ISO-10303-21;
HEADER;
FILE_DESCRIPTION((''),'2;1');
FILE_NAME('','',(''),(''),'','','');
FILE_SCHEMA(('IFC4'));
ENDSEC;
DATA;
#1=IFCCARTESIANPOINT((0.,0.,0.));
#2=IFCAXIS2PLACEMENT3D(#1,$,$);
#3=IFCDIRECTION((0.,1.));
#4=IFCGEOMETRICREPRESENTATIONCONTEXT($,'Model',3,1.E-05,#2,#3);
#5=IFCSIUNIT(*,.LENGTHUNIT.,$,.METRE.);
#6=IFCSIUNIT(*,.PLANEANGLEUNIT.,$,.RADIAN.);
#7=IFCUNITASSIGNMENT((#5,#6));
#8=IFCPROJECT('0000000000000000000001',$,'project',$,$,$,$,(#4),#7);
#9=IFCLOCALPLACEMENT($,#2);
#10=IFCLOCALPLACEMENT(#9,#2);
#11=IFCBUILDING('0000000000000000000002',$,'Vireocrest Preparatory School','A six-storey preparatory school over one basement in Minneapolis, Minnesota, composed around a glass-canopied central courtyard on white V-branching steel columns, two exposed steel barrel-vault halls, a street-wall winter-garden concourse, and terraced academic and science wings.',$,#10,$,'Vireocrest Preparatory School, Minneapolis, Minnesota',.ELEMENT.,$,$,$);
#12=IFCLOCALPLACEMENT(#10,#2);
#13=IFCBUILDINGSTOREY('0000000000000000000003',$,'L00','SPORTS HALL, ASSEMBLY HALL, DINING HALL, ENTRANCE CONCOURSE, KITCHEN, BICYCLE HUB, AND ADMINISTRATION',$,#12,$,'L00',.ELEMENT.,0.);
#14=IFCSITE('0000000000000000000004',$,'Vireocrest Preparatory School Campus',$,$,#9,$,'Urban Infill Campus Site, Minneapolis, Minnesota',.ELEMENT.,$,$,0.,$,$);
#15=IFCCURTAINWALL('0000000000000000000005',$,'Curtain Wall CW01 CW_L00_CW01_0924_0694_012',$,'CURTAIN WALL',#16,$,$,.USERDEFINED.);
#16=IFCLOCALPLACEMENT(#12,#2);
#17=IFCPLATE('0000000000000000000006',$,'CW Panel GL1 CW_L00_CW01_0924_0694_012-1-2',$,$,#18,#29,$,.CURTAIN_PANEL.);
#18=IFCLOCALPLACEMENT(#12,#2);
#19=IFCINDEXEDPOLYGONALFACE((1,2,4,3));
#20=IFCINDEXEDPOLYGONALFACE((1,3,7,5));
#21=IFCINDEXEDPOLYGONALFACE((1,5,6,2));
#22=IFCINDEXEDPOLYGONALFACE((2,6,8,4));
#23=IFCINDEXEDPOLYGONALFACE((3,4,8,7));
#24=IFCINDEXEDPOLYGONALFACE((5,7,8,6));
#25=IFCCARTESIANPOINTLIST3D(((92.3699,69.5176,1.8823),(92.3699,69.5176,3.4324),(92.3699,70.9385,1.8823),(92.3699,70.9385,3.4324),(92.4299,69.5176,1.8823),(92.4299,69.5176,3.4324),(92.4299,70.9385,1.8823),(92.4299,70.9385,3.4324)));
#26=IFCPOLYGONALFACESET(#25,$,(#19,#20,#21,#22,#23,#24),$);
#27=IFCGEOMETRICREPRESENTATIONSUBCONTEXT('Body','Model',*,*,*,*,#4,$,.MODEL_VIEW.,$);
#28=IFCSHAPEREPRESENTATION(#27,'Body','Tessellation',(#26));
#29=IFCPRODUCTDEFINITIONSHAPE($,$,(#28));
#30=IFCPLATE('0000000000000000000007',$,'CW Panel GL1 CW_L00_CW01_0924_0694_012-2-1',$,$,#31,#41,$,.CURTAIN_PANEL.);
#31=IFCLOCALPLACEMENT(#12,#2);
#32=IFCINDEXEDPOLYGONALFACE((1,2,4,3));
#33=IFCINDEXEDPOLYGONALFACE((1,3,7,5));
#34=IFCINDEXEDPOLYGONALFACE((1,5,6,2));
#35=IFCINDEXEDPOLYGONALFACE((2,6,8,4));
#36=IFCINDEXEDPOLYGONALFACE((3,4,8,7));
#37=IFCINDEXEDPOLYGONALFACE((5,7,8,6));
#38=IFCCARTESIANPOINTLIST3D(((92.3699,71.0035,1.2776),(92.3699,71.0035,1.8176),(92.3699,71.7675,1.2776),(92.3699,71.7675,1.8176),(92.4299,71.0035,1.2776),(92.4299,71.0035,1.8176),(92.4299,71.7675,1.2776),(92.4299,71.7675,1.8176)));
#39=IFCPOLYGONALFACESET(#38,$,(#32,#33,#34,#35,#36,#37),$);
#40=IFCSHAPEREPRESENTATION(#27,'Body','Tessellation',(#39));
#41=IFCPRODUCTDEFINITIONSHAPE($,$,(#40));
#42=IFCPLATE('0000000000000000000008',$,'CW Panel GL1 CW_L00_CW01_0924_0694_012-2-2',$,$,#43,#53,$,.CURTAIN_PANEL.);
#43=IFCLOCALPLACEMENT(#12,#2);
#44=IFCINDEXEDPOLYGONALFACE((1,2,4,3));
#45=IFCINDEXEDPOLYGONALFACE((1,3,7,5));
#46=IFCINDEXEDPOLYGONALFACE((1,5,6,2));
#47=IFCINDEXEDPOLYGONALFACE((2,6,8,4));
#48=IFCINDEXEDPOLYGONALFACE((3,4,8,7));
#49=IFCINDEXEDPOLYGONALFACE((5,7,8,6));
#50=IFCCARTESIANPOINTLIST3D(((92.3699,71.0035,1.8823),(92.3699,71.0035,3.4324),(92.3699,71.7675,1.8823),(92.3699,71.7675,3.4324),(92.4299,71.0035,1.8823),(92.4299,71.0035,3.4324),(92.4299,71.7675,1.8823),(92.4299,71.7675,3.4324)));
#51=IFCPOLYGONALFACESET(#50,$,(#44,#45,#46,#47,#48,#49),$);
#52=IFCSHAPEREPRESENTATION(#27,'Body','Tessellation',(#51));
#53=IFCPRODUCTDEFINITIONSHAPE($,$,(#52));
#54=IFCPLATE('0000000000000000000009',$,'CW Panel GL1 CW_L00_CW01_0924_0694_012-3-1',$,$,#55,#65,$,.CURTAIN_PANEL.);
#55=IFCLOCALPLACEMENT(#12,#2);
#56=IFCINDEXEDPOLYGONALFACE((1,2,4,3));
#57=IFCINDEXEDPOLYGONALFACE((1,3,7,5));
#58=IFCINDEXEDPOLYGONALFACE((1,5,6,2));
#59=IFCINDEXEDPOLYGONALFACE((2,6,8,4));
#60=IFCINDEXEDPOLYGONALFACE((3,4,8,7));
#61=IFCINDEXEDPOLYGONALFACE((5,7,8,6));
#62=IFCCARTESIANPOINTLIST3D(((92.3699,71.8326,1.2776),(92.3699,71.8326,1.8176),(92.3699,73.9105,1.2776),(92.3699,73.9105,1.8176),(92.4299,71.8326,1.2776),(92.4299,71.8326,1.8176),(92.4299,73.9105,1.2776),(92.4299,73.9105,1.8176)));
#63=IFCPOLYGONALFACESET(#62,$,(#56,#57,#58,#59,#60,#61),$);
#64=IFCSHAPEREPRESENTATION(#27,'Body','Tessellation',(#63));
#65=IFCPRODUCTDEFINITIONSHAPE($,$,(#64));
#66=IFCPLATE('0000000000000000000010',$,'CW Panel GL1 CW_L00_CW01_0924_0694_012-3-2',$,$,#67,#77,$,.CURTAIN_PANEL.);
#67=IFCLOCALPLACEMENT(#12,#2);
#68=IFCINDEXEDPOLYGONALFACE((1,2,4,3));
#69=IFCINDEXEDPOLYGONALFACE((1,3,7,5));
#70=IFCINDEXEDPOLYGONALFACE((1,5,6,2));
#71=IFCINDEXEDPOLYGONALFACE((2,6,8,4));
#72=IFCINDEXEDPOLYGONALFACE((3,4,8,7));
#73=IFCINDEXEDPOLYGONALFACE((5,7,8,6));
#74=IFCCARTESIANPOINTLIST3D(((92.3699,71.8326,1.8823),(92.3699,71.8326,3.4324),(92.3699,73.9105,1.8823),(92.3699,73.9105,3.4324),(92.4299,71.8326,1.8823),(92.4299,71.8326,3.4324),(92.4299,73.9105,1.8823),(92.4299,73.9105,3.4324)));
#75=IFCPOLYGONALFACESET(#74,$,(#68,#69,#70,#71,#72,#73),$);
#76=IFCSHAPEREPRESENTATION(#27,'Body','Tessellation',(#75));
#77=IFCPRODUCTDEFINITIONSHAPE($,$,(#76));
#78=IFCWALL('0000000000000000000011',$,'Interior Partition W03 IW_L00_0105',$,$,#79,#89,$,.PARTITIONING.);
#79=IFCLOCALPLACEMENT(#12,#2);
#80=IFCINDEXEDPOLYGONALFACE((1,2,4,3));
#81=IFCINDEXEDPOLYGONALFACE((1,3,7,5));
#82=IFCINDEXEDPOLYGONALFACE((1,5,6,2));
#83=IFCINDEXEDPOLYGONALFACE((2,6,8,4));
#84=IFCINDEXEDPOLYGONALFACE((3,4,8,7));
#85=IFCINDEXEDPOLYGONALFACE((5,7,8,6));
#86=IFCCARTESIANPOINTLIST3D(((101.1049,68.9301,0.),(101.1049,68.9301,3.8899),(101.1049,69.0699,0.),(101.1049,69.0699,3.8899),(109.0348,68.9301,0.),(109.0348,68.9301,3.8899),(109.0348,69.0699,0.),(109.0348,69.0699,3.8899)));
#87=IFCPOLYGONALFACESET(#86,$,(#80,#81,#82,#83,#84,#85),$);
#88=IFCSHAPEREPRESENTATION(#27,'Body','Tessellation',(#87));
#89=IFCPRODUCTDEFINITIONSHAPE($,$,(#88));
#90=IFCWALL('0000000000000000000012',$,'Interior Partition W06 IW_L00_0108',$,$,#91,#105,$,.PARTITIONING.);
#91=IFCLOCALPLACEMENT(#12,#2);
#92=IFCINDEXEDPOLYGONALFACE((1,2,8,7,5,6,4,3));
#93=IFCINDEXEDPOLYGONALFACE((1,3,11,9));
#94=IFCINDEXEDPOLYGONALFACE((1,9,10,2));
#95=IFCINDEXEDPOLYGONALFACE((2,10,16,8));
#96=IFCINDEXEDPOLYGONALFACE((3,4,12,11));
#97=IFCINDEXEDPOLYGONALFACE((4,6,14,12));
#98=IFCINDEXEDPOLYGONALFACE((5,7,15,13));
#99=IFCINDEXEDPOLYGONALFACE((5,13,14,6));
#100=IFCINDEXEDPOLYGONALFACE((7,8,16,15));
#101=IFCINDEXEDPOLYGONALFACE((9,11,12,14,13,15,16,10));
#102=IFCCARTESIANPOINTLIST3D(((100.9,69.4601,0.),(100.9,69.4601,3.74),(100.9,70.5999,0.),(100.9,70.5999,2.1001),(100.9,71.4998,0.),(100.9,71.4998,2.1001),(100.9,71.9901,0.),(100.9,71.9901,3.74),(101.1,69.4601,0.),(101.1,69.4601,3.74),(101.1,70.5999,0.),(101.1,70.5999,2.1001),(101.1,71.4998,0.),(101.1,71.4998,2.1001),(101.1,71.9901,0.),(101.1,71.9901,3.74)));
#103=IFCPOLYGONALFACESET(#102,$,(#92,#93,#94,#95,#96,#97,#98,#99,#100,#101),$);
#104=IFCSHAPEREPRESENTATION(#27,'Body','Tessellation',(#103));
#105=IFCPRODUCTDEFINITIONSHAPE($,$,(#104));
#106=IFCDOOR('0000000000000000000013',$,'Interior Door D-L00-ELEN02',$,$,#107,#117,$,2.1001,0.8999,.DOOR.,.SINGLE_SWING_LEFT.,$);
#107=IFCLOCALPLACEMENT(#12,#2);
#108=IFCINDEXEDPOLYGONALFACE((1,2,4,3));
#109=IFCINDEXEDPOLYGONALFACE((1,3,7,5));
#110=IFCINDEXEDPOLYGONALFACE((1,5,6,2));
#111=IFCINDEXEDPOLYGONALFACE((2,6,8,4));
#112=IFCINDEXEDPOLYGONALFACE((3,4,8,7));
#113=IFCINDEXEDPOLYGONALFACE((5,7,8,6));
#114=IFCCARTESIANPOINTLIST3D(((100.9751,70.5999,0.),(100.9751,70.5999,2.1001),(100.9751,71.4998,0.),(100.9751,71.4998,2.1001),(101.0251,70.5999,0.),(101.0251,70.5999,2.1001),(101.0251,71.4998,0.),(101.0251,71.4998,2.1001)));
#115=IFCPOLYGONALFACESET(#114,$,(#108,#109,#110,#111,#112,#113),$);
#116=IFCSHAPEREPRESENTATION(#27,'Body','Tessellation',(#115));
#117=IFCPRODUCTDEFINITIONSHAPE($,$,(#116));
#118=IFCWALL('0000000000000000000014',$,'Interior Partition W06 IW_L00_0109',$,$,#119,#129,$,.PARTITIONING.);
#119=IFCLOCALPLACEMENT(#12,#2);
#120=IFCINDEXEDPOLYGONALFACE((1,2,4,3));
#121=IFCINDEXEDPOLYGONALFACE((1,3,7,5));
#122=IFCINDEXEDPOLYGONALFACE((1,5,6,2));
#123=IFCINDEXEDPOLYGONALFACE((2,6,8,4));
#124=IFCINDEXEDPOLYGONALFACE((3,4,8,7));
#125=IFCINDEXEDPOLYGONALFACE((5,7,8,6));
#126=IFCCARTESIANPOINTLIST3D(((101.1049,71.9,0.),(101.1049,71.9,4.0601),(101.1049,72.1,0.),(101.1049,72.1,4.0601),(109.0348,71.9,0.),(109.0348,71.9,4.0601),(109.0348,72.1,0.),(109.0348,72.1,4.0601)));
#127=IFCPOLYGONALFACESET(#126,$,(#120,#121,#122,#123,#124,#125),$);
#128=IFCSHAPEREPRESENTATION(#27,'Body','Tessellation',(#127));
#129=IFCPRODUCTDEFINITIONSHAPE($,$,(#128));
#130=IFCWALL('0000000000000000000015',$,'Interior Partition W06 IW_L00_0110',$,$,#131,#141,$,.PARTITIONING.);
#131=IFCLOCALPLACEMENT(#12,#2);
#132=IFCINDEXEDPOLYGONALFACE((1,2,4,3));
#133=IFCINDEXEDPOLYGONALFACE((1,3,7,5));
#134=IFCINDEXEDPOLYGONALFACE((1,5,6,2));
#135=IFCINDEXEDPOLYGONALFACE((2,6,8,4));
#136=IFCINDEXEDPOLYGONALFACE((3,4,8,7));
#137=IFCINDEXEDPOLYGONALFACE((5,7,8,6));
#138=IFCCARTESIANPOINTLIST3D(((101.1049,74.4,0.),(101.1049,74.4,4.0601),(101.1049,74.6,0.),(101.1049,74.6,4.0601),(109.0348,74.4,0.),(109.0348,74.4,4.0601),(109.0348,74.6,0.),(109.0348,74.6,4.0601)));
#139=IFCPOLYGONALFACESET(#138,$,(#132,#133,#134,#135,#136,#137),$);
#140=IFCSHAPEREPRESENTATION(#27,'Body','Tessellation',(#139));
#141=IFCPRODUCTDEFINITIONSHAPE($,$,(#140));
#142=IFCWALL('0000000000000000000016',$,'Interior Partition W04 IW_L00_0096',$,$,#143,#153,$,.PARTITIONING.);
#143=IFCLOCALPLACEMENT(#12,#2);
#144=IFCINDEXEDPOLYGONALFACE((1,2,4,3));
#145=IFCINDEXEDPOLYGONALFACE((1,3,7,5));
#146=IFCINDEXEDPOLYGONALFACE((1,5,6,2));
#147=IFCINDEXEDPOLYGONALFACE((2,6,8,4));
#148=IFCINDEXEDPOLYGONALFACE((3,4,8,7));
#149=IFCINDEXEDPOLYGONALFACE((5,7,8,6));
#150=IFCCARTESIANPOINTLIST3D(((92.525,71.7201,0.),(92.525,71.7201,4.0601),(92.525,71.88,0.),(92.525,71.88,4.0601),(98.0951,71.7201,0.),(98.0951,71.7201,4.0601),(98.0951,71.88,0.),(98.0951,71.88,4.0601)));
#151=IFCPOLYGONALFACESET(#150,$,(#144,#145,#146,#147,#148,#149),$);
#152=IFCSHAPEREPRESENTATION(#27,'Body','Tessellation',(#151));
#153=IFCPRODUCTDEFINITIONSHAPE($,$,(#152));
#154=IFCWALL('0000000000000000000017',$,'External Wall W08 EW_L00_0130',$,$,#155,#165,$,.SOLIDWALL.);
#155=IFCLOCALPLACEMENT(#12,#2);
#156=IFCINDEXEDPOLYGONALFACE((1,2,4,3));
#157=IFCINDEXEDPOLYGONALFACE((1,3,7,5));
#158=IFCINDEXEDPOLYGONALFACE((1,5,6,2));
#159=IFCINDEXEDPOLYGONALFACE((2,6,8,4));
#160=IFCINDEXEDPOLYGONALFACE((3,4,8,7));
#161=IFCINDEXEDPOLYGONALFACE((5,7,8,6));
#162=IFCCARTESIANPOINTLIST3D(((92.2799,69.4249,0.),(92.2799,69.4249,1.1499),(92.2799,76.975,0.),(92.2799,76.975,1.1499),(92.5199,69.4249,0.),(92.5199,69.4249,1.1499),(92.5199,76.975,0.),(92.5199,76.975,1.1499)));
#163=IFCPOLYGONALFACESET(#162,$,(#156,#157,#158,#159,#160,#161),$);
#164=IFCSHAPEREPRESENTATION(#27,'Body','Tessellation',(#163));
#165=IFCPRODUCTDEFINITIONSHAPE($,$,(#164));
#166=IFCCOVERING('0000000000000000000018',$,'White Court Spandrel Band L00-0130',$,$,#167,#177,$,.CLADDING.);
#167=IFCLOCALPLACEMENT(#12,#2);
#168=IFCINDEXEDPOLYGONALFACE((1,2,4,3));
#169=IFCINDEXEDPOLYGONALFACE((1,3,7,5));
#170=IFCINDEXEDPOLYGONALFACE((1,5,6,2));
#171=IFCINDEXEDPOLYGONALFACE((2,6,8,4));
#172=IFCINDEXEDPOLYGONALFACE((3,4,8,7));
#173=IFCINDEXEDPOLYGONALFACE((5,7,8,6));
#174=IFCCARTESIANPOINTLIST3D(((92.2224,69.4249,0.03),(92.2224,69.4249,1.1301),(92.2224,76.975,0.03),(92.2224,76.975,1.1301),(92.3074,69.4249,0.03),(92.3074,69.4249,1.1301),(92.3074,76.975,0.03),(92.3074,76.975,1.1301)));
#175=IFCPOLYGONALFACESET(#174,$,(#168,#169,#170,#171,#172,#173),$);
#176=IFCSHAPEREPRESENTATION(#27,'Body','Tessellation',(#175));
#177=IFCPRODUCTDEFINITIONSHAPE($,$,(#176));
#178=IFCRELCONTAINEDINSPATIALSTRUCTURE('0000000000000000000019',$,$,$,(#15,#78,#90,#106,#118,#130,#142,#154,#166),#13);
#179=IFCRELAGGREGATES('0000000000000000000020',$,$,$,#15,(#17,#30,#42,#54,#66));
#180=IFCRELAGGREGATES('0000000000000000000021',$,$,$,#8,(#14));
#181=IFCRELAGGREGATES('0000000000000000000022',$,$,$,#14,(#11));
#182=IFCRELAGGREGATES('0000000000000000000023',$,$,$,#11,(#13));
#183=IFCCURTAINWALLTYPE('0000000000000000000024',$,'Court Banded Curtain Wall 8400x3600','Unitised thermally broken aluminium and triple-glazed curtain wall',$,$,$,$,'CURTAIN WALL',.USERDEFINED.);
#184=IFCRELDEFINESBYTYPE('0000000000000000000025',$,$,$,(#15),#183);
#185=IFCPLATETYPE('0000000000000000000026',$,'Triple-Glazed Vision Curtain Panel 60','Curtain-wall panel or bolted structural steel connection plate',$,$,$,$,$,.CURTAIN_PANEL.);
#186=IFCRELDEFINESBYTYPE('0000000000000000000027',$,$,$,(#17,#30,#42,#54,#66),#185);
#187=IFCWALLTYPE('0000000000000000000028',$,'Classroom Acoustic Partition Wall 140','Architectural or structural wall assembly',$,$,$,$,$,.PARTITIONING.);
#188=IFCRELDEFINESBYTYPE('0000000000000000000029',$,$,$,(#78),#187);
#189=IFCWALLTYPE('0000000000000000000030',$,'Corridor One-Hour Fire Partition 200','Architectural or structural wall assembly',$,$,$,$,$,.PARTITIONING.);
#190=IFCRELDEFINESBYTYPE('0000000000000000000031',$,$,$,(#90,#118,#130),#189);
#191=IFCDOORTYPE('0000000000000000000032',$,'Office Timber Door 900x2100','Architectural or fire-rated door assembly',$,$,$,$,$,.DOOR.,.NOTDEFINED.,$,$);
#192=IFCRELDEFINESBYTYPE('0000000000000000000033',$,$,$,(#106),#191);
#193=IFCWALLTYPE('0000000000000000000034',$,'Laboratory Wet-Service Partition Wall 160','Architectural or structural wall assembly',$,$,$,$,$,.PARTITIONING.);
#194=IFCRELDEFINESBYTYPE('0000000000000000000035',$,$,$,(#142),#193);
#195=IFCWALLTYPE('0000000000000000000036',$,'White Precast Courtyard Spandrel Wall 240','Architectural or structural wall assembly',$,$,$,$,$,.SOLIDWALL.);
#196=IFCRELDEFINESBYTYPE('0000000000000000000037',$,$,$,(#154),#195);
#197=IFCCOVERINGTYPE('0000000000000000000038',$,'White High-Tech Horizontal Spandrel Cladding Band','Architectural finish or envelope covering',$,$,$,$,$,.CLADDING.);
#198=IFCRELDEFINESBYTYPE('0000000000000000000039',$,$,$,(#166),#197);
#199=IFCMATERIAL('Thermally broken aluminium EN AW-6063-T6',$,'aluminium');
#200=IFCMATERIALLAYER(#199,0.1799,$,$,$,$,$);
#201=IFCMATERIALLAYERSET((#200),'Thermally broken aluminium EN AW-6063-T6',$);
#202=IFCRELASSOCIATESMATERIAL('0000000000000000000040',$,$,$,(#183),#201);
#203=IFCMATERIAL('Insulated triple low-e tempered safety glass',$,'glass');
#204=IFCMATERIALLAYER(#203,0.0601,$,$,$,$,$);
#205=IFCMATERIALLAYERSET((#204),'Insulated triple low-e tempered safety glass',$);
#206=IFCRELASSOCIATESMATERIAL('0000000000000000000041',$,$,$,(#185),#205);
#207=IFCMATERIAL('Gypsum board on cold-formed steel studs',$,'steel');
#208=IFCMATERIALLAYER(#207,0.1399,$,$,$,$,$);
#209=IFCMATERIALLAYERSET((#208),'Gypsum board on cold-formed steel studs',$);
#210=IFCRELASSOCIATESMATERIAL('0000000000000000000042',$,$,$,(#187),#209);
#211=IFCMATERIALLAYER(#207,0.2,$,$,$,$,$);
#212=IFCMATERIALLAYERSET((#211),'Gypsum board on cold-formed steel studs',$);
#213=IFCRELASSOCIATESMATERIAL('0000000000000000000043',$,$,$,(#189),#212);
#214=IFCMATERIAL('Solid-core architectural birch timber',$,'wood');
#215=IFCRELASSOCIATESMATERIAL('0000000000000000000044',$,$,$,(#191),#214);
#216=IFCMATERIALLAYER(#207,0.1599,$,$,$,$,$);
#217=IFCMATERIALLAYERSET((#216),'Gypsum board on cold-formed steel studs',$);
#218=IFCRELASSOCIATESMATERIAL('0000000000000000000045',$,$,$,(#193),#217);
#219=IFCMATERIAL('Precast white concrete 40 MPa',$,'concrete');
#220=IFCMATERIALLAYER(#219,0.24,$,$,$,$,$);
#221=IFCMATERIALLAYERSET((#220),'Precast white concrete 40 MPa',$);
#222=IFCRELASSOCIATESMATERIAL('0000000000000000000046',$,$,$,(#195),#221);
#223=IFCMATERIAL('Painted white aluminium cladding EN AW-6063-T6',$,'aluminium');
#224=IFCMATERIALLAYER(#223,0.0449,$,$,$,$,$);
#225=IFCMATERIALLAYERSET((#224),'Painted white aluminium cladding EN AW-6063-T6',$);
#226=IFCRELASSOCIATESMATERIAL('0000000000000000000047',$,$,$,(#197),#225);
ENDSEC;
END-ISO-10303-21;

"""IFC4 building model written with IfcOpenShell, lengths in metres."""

from ifc_helpers import new_model, si_unit, direction, frame, frame_2d, origin, origin_2d, place, context, subcontext, project, spatial, rectangle, extrude, material, layer, layer_set, type_object, element, fill, aggregate, save


model = new_model("IFC4")

# Units and contexts
model_context = context("Model", 3, precision=1e-05, world=origin(), true_north=direction((0.0, 1.0)))
body_context = subcontext(model_context, "Body", "Model", "MODEL_VIEW")
ifc_project = project(units=[si_unit("LENGTHUNIT", "METRE"), si_unit("PLANEANGLEUNIT", "RADIAN")], contexts=[model_context])

# Site, building, storey
site_placement = place(None, origin())
site = spatial("IfcSite", under=ifc_project, at=site_placement, Name="Vireocrest Preparatory School Campus", LongName="Urban Infill Campus Site, Minneapolis, Minnesota", CompositionType="ELEMENT", RefElevation=0.0)
building_placement = place(site_placement, origin())
building = spatial("IfcBuilding", under=site, at=building_placement, Name="Vireocrest Preparatory School", Description="A six-storey preparatory school over one basement in Minneapolis, Minnesota, composed around a glass-canopied central courtyard on white V-branching steel columns, two exposed steel barrel-vault halls, a street-wall winter-garden concourse, and terraced academic and science wings.", LongName="Vireocrest Preparatory School, Minneapolis, Minnesota", CompositionType="ELEMENT")
storey_placement = place(building_placement, origin())
storey = spatial("IfcBuildingStorey", under=building, at=storey_placement, Name="L00", Description="SPORTS HALL, ASSEMBLY HALL, DINING HALL, ENTRANCE CONCOURSE, KITCHEN, BICYCLE HUB, AND ADMINISTRATION", LongName="L00", CompositionType="ELEMENT", Elevation=0.0)

# Curtain wall
ifc_material_1 = material(Name="Thermally broken aluminium EN AW-6063-T6", Category="aluminium")
ifc_layer_1 = layer(ifc_material_1, 0.1799)
ifc_layer_set_1 = layer_set([ifc_layer_1], Name="Thermally broken aluminium EN AW-6063-T6")
curtain_wall_type = type_object("IfcCurtainWallType", Name="Court Banded Curtain Wall 8400x3600", Description="Unitised thermally broken aluminium and triple-glazed curtain wall", ElementType="CURTAIN WALL", PredefinedType="USERDEFINED", material=ifc_layer_set_1)
curtain_wall_placement = place(storey_placement, origin())
curtain_wall = element("IfcCurtainWall", 1, at=curtain_wall_placement, inside=storey, type_object=curtain_wall_type, Name="Curtain Wall CW01 CW_L00_CW01_0924_0694_012", ObjectType="CURTAIN WALL", PredefinedType="USERDEFINED")

# Plates
ifc_material_2 = material(Name="Insulated triple low-e tempered safety glass", Category="glass")
ifc_layer_2 = layer(ifc_material_2, 0.0601)
ifc_layer_set_2 = layer_set([ifc_layer_2], Name="Insulated triple low-e tempered safety glass")
plate_type = type_object("IfcPlateType", Name="Triple-Glazed Vision Curtain Panel 60", Description="Curtain-wall panel or bolted structural steel connection plate", PredefinedType="CURTAIN_PANEL", material=ifc_layer_set_2)
plate_1_placement = place(storey_placement, frame((92.3999, 70.228, 1.8823), z_axis=(0.0, 0.0, 1.0), x_axis=(0.0, 1.0, 0.0)))
plate_1 = element("IfcPlate", 2, at=plate_1_placement, type_object=plate_type, Name="CW Panel GL1 CW_L00_CW01_0924_0694_012-1-2", PredefinedType="CURTAIN_PANEL", context=body_context, shape_type="SweptSolid", body=[
    extrude(rectangle(XDim=1.4209, YDim=0.0601, at=origin_2d()), origin(), (0.0, 0.0, 1.0), 1.55),
])
plate_2_placement = place(storey_placement, frame((92.3999, 71.3855, 1.2776), z_axis=(0.0, 0.0, 1.0), x_axis=(0.0, 1.0, 0.0)))
plate_2 = element("IfcPlate", 3, at=plate_2_placement, type_object=plate_type, Name="CW Panel GL1 CW_L00_CW01_0924_0694_012-2-1", PredefinedType="CURTAIN_PANEL", context=body_context, shape_type="SweptSolid", body=[
    extrude(rectangle(XDim=0.7639, YDim=0.0601, at=origin_2d()), origin(), (0.0, 0.0, 1.0), 0.54),
])
plate_3_placement = place(storey_placement, frame((92.3999, 71.3855, 1.8823), z_axis=(0.0, 0.0, 1.0), x_axis=(0.0, 1.0, 0.0)))
plate_3 = element("IfcPlate", 4, at=plate_3_placement, type_object=plate_type, Name="CW Panel GL1 CW_L00_CW01_0924_0694_012-2-2", PredefinedType="CURTAIN_PANEL", context=body_context, shape_type="SweptSolid", body=[
    extrude(rectangle(XDim=0.7639, YDim=0.0601, at=origin_2d()), origin(), (0.0, 0.0, 1.0), 1.55),
])
plate_4_placement = place(storey_placement, frame((92.3999, 72.8716, 1.2776), z_axis=(0.0, 0.0, 1.0), x_axis=(0.0, 1.0, 0.0)))
plate_4 = element("IfcPlate", 5, at=plate_4_placement, type_object=plate_type, Name="CW Panel GL1 CW_L00_CW01_0924_0694_012-3-1", PredefinedType="CURTAIN_PANEL", context=body_context, shape_type="SweptSolid", body=[
    extrude(rectangle(XDim=2.0779, YDim=0.0601, at=origin_2d()), origin(), (0.0, 0.0, 1.0), 0.54),
])
plate_5_placement = place(storey_placement, frame((92.3999, 72.8716, 1.8823), z_axis=(0.0, 0.0, 1.0), x_axis=(0.0, 1.0, 0.0)))
plate_5 = element("IfcPlate", 6, at=plate_5_placement, type_object=plate_type, Name="CW Panel GL1 CW_L00_CW01_0924_0694_012-3-2", PredefinedType="CURTAIN_PANEL", context=body_context, shape_type="SweptSolid", body=[
    extrude(rectangle(XDim=2.0779, YDim=0.0601, at=origin_2d()), origin(), (0.0, 0.0, 1.0), 1.55),
])
aggregate(curtain_wall, [plate_1, plate_2, plate_3, plate_4, plate_5])

# Wall
ifc_material_3 = material(Name="Gypsum board on cold-formed steel studs", Category="steel")
ifc_layer_3 = layer(ifc_material_3, 0.1399)
ifc_layer_set_3 = layer_set([ifc_layer_3], Name="Gypsum board on cold-formed steel studs")
wall_type_1 = type_object("IfcWallType", Name="Classroom Acoustic Partition Wall 140", Description="Architectural or structural wall assembly", PredefinedType="PARTITIONING", material=ifc_layer_set_3)
wall_1_placement = place(storey_placement, frame((101.105, 69.0, 0.0), z_axis=(0.0, 0.0, 1.0), x_axis=(1.0, 0.0, 0.0)))
element("IfcWall", 7, at=wall_1_placement, inside=storey, type_object=wall_type_1, Name="Interior Partition W03 IW_L00_0105", PredefinedType="PARTITIONING", context=body_context, shape_type="SweptSolid", body=[
    extrude(rectangle(XDim=7.9299, YDim=0.1399, at=frame_2d((3.9648, 0.0))), origin(), (0.0, 0.0, 1.0), 3.8899),
])

# Wall, opening, door
ifc_layer_4 = layer(ifc_material_3, 0.2)
ifc_layer_set_4 = layer_set([ifc_layer_4], Name="Gypsum board on cold-formed steel studs")
wall_type_2 = type_object("IfcWallType", Name="Corridor One-Hour Fire Partition 200", Description="Architectural or structural wall assembly", PredefinedType="PARTITIONING", material=ifc_layer_set_4)
wall_2_placement = place(storey_placement, frame((101.0, 69.46, 0.0), z_axis=(0.0, 0.0, 1.0), x_axis=(0.0, 1.0, 0.0)))
wall_2 = element("IfcWall", 8, at=wall_2_placement, inside=storey, type_object=wall_type_2, Name="Interior Partition W06 IW_L00_0108", PredefinedType="PARTITIONING", context=body_context, shape_type="SweptSolid", body=[
    extrude(rectangle(XDim=2.53, YDim=0.2, at=frame_2d((1.2651, 0.0))), origin(), (0.0, 0.0, 1.0), 3.74),
])
opening_1_placement = place(wall_2_placement, frame((1.1399, 0.0, 0.0)))
opening_1 = element("IfcOpeningElement", 9, at=opening_1_placement, cuts=wall_2, PredefinedType="OPENING", context=body_context, shape_type="SweptSolid", body=[
    extrude(rectangle(XDim=0.8999, YDim=2.1001, at=frame_2d((0.45, 1.05))), frame((0.0, 0.1099, 0.0), z_axis=(0.0, -1.0, 0.0), x_axis=(1.0, 0.0, 0.0)), (0.0, 0.0, 1.0), 0.22),
])
ifc_material_4 = material(Name="Solid-core architectural birch timber", Category="wood")
door_type_1 = type_object("IfcDoorType", Name="Office Timber Door 900x2100", Description="Architectural or fire-rated door assembly", OperationType="NOTDEFINED", PredefinedType="DOOR", material=ifc_material_4)
door_1_placement = place(opening_1_placement, origin())
door_1 = element("IfcDoor", 10, at=door_1_placement, inside=storey, type_object=door_type_1, Name="Interior Door D-L00-ELEN02", OperationType="SINGLE_SWING_LEFT", OverallHeight=2.1001, OverallWidth=0.8999, PredefinedType="DOOR", context=body_context, shape_type="SweptSolid", body=[
    extrude(rectangle(XDim=0.8999, YDim=2.1001, at=frame_2d((0.45, 1.05))), frame((0.0, 0.0249, 0.0), z_axis=(0.0, -1.0, 0.0), x_axis=(1.0, 0.0, 0.0)), (0.0, 0.0, 1.0), 0.05),
])
fill(opening_1, door_1)

# Walls
for number, where, z_axis, x_axis, name in (
    (11, (101.105, 72.0, 0.0), (0.0, 0.0, 1.0), (1.0, 0.0, 0.0), "Interior Partition W06 IW_L00_0109"),
    (12, (101.105, 74.5, 0.0), (0.0, 0.0, 1.0), (1.0, 0.0, 0.0), "Interior Partition W06 IW_L00_0110"),
):
    element("IfcWall", number, at=place(storey_placement, frame(where, z_axis=z_axis, x_axis=x_axis)), inside=storey, type_object=wall_type_2, Name=name, PredefinedType="PARTITIONING", context=body_context, shape_type="SweptSolid", body=[
        extrude(rectangle(XDim=7.9299, YDim=0.2, at=frame_2d((3.9648, 0.0))), origin(), (0.0, 0.0, 1.0), 4.0601),
    ])

# Walls
ifc_layer_5 = layer(ifc_material_3, 0.1599)
ifc_layer_set_5 = layer_set([ifc_layer_5], Name="Gypsum board on cold-formed steel studs")
wall_type_3 = type_object("IfcWallType", Name="Laboratory Wet-Service Partition Wall 160", Description="Architectural or structural wall assembly", PredefinedType="PARTITIONING", material=ifc_layer_set_5)
wall_3_placement = place(storey_placement, frame((92.5249, 71.8, 0.0), z_axis=(0.0, 0.0, 1.0), x_axis=(1.0, 0.0, 0.0)))
element("IfcWall", 13, at=wall_3_placement, inside=storey, type_object=wall_type_3, Name="Interior Partition W04 IW_L00_0096", PredefinedType="PARTITIONING", context=body_context, shape_type="SweptSolid", body=[
    extrude(rectangle(XDim=5.5701, YDim=0.1599, at=frame_2d((2.7852, 0.0))), origin(), (0.0, 0.0, 1.0), 4.0601),
])
ifc_material_5 = material(Name="Precast white concrete 40 MPa", Category="concrete")
ifc_layer_6 = layer(ifc_material_5, 0.24)
ifc_layer_set_6 = layer_set([ifc_layer_6], Name="Precast white concrete 40 MPa")
wall_type_4 = type_object("IfcWallType", Name="White Precast Courtyard Spandrel Wall 240", Description="Architectural or structural wall assembly", PredefinedType="SOLIDWALL", material=ifc_layer_set_6)
wall_4_placement = place(storey_placement, frame((92.3999, 69.425, 0.0), z_axis=(0.0, 0.0, 1.0), x_axis=(0.0, 1.0, 0.0)))
element("IfcWall", 14, at=wall_4_placement, inside=storey, type_object=wall_type_4, Name="External Wall W08 EW_L00_0130", PredefinedType="SOLIDWALL", context=body_context, shape_type="SweptSolid", body=[
    extrude(rectangle(XDim=7.55, YDim=0.24, at=frame_2d((3.7749, 0.0))), origin(), (0.0, 0.0, 1.0), 1.1499),
])

# Covering
ifc_material_6 = material(Name="Painted white aluminium cladding EN AW-6063-T6", Category="aluminium")
ifc_layer_7 = layer(ifc_material_6, 0.0449)
ifc_layer_set_7 = layer_set([ifc_layer_7], Name="Painted white aluminium cladding EN AW-6063-T6")
covering_type = type_object("IfcCoveringType", Name="White High-Tech Horizontal Spandrel Cladding Band", Description="Architectural finish or envelope covering", PredefinedType="CLADDING", material=ifc_layer_set_7)
covering_placement = place(storey_placement, frame((92.2649, 73.2, 0.03), z_axis=(0.0, 0.0, 1.0), x_axis=(1.0, 0.0, 0.0)))
element("IfcCovering", 15, at=covering_placement, inside=storey, type_object=covering_type, Name="White Court Spandrel Band L00-0130", PredefinedType="CLADDING", context=body_context, shape_type="SweptSolid", body=[
    extrude(rectangle(XDim=0.085, YDim=7.55, at=origin_2d()), origin(), (0.0, 0.0, 1.0), 1.1001),
])

save(model, "model.ifc")
